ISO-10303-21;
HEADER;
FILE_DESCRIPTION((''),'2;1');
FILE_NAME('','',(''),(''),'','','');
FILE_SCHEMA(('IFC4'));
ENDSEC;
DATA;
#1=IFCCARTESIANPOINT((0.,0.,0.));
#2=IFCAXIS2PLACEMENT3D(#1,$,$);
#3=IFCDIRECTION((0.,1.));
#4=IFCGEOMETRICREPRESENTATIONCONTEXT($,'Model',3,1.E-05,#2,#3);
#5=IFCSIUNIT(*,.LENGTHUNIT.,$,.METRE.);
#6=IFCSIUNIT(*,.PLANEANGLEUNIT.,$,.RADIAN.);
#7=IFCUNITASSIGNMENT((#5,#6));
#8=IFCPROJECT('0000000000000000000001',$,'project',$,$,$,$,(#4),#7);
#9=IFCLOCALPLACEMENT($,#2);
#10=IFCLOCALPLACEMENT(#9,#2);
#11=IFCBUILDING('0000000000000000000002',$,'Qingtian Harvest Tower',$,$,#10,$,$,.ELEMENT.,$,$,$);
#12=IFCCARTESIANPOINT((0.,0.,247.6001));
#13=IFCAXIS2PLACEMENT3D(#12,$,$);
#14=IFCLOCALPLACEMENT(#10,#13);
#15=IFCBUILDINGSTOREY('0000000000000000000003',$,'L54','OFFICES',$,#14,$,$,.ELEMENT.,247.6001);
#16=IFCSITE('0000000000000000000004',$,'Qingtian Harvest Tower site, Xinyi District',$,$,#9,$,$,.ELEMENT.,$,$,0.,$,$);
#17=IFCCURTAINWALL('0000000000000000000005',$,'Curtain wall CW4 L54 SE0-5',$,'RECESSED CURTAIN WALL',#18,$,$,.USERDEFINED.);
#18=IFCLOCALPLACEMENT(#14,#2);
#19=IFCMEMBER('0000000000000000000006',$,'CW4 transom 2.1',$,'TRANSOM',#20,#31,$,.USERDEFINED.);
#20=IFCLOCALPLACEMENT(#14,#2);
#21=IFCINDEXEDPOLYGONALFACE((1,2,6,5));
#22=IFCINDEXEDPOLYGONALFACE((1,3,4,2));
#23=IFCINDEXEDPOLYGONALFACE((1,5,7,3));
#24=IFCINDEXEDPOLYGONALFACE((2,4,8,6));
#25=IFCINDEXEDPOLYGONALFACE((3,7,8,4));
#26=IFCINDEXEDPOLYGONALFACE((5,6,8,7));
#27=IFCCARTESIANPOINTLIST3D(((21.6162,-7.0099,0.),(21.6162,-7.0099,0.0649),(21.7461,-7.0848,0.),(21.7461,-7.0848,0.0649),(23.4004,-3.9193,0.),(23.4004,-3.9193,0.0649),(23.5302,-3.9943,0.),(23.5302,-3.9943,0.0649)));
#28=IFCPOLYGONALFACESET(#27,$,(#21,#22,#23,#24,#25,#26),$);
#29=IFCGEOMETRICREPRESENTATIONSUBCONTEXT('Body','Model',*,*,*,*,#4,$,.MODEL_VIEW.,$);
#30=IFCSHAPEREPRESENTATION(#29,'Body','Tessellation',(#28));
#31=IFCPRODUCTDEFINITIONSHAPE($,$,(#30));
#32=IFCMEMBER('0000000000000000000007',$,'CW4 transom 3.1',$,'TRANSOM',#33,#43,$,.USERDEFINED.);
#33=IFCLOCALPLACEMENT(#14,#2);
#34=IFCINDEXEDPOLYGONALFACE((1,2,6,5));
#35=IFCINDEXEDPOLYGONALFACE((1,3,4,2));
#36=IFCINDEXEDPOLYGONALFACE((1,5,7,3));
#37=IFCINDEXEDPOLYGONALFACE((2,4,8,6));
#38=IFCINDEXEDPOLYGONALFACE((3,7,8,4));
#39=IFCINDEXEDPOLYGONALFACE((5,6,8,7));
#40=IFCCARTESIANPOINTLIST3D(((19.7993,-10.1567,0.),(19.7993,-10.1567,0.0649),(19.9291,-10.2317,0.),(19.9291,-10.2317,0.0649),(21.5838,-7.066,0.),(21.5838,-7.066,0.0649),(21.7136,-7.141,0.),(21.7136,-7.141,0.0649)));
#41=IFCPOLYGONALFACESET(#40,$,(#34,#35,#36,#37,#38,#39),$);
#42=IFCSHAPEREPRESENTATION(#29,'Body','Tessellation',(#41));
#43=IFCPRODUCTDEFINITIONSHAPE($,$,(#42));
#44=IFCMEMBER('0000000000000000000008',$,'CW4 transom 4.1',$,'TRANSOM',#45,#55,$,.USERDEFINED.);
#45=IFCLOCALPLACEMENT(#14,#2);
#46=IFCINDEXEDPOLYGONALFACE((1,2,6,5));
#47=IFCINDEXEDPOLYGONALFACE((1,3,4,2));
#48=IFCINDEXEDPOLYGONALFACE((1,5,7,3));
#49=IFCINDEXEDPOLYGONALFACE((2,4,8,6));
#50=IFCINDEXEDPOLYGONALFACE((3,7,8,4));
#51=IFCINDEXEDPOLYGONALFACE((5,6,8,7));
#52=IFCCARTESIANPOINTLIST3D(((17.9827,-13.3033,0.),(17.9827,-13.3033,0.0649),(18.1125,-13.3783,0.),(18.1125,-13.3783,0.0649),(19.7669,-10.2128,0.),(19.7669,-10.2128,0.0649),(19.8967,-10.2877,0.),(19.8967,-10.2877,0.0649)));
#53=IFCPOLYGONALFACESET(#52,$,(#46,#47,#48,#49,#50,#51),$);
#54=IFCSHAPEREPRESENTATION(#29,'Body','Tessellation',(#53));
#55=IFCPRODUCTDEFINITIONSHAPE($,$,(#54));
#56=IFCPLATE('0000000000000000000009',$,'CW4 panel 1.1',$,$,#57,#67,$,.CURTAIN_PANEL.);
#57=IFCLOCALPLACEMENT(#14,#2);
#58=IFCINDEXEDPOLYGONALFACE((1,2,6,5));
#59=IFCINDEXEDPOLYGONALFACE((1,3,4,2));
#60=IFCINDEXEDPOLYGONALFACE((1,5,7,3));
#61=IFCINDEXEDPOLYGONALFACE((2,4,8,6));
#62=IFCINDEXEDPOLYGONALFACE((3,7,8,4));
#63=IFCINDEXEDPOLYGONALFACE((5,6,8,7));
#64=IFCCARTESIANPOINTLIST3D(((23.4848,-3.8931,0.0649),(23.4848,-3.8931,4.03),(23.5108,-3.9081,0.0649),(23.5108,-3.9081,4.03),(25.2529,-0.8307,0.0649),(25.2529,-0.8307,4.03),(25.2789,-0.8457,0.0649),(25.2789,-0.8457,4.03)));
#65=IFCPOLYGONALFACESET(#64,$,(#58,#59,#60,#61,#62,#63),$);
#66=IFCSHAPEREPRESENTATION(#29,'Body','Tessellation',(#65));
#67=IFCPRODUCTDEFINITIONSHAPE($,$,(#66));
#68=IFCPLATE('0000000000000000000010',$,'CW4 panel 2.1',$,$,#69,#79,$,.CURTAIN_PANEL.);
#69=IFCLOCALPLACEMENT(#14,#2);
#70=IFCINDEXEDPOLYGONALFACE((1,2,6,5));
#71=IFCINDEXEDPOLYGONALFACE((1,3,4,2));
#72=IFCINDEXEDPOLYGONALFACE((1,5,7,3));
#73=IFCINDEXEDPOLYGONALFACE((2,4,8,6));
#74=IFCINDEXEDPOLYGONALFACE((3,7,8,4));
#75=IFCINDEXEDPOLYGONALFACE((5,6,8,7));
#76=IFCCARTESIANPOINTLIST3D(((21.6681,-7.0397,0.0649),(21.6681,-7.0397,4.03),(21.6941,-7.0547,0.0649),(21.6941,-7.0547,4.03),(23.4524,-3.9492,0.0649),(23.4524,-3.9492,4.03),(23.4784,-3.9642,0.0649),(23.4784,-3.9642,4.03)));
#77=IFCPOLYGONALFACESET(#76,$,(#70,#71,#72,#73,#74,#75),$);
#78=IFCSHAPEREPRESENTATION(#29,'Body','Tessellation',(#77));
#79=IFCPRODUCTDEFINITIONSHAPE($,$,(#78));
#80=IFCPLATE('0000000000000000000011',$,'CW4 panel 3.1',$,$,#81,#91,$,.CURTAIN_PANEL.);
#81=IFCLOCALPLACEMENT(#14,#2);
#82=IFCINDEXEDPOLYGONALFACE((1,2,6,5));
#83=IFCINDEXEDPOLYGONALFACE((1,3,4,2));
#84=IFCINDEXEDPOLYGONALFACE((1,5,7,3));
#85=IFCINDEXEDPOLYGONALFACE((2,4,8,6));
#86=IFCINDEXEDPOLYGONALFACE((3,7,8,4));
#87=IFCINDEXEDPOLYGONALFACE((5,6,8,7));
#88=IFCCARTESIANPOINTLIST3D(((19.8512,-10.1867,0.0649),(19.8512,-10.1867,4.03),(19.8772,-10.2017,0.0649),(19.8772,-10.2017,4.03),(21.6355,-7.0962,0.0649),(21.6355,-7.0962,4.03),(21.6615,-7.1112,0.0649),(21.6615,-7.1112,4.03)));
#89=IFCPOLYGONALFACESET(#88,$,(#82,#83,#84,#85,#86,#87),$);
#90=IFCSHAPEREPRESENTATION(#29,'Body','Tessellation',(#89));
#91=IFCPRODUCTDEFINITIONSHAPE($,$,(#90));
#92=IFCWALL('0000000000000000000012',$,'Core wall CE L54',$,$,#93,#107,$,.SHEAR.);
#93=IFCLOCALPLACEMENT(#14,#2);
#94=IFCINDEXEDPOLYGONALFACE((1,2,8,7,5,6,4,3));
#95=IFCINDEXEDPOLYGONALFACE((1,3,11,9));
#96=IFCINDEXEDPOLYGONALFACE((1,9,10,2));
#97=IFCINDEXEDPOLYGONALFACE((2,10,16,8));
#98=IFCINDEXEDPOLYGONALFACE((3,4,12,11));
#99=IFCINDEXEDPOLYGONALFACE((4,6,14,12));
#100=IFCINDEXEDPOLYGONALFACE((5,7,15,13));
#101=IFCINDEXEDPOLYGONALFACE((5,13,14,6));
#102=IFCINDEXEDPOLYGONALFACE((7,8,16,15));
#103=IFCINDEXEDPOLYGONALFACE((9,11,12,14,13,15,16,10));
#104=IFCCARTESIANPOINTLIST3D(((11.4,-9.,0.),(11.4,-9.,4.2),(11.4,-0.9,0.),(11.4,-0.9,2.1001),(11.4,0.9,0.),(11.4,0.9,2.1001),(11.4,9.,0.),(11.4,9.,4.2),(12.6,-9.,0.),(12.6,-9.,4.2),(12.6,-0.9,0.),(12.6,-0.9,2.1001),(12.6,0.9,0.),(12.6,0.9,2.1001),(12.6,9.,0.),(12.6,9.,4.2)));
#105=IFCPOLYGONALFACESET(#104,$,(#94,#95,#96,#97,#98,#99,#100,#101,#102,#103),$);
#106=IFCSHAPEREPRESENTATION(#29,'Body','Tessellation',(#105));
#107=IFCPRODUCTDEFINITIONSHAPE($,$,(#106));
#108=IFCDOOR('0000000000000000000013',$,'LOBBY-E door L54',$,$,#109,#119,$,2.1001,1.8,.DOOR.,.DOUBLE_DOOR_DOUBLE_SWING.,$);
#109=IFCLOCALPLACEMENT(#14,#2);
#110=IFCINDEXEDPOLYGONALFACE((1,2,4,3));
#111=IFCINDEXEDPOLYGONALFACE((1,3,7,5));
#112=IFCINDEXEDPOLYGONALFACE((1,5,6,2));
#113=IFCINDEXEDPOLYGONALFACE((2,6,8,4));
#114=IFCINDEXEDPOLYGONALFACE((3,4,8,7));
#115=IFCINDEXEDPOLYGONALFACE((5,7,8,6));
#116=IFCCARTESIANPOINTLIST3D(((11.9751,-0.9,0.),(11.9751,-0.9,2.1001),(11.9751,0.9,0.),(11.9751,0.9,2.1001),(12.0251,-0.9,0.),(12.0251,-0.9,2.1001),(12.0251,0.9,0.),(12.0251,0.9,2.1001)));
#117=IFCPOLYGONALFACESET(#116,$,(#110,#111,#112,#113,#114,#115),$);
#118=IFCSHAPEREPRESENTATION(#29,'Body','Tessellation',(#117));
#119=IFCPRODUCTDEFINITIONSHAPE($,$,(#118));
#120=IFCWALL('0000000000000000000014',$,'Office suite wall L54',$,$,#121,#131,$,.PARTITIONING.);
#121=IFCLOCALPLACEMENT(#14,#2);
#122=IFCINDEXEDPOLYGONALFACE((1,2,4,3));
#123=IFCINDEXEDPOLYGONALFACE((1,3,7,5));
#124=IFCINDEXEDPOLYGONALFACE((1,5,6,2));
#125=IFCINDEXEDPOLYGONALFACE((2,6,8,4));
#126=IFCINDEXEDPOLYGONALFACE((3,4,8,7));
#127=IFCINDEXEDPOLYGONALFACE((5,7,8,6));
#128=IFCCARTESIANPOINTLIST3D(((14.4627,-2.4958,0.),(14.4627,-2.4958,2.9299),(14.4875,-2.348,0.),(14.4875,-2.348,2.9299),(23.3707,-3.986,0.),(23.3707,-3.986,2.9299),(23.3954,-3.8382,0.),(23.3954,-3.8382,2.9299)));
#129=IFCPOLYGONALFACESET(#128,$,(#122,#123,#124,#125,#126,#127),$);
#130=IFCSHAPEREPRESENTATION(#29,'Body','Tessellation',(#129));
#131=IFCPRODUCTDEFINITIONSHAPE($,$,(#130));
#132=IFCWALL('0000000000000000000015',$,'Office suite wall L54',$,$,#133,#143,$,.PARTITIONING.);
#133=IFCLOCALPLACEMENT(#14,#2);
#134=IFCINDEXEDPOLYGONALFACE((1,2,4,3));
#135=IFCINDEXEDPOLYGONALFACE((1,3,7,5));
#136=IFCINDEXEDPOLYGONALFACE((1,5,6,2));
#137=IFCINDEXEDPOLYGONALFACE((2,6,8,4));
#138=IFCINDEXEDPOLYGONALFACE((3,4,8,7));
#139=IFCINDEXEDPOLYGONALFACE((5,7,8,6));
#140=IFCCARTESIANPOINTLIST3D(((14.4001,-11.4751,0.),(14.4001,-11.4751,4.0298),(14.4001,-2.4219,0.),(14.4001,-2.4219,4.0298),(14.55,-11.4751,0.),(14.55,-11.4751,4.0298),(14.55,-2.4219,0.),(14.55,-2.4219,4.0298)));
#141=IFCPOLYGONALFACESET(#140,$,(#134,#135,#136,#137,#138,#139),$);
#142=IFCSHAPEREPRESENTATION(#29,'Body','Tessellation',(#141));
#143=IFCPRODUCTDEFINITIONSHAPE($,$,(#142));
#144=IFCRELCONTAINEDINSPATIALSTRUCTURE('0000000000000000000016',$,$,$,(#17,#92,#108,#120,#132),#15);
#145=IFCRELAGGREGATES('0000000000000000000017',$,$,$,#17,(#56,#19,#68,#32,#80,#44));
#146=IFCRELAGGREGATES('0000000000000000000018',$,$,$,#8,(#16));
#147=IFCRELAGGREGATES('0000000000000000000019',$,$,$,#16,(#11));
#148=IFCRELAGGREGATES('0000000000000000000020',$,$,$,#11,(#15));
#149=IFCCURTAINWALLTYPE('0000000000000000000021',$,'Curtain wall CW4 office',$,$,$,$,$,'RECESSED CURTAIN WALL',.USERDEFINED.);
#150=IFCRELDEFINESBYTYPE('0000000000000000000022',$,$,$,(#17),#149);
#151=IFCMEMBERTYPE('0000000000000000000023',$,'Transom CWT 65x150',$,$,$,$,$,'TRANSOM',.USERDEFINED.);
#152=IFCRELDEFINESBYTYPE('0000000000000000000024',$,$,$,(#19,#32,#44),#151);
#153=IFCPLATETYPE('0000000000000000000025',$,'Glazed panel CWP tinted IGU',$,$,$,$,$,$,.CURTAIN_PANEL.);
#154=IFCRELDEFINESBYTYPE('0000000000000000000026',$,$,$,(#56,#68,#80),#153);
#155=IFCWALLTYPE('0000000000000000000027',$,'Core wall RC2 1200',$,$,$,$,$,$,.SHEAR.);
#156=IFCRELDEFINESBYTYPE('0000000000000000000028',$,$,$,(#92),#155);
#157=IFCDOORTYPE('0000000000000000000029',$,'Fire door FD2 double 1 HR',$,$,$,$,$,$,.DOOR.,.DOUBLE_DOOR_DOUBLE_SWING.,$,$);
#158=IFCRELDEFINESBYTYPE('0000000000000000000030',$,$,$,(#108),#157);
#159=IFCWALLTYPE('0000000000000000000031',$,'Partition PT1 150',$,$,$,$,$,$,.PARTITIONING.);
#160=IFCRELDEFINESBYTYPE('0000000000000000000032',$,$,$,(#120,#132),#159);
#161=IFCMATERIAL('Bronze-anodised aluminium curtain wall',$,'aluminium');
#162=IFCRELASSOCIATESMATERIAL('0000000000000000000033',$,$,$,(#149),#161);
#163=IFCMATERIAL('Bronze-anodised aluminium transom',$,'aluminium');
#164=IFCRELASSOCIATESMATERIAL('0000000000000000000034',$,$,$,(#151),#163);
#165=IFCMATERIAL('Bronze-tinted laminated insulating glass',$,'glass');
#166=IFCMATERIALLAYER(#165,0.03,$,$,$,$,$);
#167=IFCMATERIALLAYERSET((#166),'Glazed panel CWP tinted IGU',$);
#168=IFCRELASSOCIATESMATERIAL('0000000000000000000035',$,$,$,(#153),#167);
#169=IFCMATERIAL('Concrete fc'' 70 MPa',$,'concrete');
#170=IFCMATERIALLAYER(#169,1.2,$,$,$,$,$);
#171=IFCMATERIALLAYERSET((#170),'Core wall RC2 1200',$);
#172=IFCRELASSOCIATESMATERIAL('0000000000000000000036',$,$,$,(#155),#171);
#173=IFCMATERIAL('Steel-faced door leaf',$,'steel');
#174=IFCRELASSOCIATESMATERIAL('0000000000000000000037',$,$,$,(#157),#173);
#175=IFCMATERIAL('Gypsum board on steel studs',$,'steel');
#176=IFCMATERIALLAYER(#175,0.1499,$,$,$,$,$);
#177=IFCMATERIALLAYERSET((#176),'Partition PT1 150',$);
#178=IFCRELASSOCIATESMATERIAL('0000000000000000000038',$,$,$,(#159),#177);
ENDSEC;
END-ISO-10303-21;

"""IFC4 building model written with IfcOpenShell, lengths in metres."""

from ifc_helpers import new_model, si_unit, direction, frame, frame_2d, origin, origin_2d, place, context, subcontext, project, spatial, rectangle, extrude, material, layer, layer_set, material_profile, profile_set, type_object, element, fill, aggregate, save


model = new_model("IFC4")

# Units and contexts
model_context = context("Model", 3, precision=1e-05, world=origin(), true_north=direction((0.0, 1.0)))
body_context = subcontext(model_context, "Body", "Model", "MODEL_VIEW")
ifc_project = project(units=[si_unit("LENGTHUNIT", "METRE"), si_unit("PLANEANGLEUNIT", "RADIAN")], contexts=[model_context])

# Site, building, storey
site_placement = place(None, origin())
site = spatial("IfcSite", under=ifc_project, at=site_placement, Name="Qingtian Harvest Tower site, Xinyi District", CompositionType="ELEMENT", RefElevation=0.0)
building_placement = place(site_placement, origin())
building = spatial("IfcBuilding", under=site, at=building_placement, Name="Qingtian Harvest Tower", CompositionType="ELEMENT")
storey_placement = place(building_placement, frame((0.0, 0.0, 247.6001)))
storey = spatial("IfcBuildingStorey", under=building, at=storey_placement, Name="L54", Description="OFFICES", CompositionType="ELEMENT", Elevation=247.6001)

# Shared definitions
ifc_material_1 = material(Name="Bronze-anodised aluminium curtain wall", Category="aluminium")
curtain_wall_type = type_object("IfcCurtainWallType", Name="Curtain wall CW4 office", ElementType="RECESSED CURTAIN WALL", PredefinedType="USERDEFINED", material=ifc_material_1)

# Curtain wall
curtain_wall_1_placement = place(storey_placement, origin())
curtain_wall_1 = element("IfcCurtainWall", 1, at=curtain_wall_1_placement, inside=storey, type_object=curtain_wall_type, Name="Curtain wall CW4 L54 SE0-5", ObjectType="RECESSED CURTAIN WALL", PredefinedType="USERDEFINED")

# Members
ifc_material_2 = material(Name="Bronze-anodised aluminium transom", Category="aluminium")
ifc_material_profile_1 = material_profile(ifc_material_2, rectangle(XDim=0.1499, YDim=0.0649, at=origin_2d()), Name="AL 65x150")
ifc_profile_set_1 = profile_set([ifc_material_profile_1], Name="Bronze-anodised aluminium transom")
member_type_1 = type_object("IfcMemberType", Name="Transom CWT 65x150", ElementType="TRANSOM", PredefinedType="USERDEFINED", material=ifc_profile_set_1)
member_1_placement = place(storey_placement, frame((23.4653, -3.9568, 0.0325), z_axis=(-0.499965, -0.866045, 0.0), x_axis=(0.866045, -0.499965, 0.0)))
member_1 = element("IfcMember", 2, at=member_1_placement, type_object=member_type_1, Name="CW4 transom 2.1", ObjectType="TRANSOM", PredefinedType="USERDEFINED", context=body_context, shape_type="SweptSolid", body=[
    extrude(rectangle(XDim=0.1499, YDim=0.0649, at=origin_2d()), origin(), (0.0, 0.0, 1.0), 3.5686),
])
member_2_placement = place(storey_placement, frame((21.6487, -7.1035, 0.0325), z_axis=(-0.500017, -0.866016, 0.0), x_axis=(0.866016, -0.500017, 0.0)))
member_2 = element("IfcMember", 3, at=member_2_placement, type_object=member_type_1, Name="CW4 transom 3.1", ObjectType="TRANSOM", PredefinedType="USERDEFINED", context=body_context, shape_type="SweptSolid", body=[
    extrude(rectangle(XDim=0.1499, YDim=0.0649, at=origin_2d()), origin(), (0.0, 0.0, 1.0), 3.5688),
])
member_3_placement = place(storey_placement, frame((19.8318, -10.2502, 0.0325), z_axis=(-0.499965, -0.866045, 0.0), x_axis=(0.866045, -0.499965, 0.0)))
member_3 = element("IfcMember", 4, at=member_3_placement, type_object=member_type_1, Name="CW4 transom 4.1", ObjectType="TRANSOM", PredefinedType="USERDEFINED", context=body_context, shape_type="SweptSolid", body=[
    extrude(rectangle(XDim=0.1499, YDim=0.0649, at=origin_2d()), origin(), (0.0, 0.0, 1.0), 3.5686),
])

# Plates
ifc_material_3 = material(Name="Bronze-tinted laminated insulating glass", Category="glass")
ifc_layer_1 = layer(ifc_material_3, 0.03)
ifc_layer_set_1 = layer_set([ifc_layer_1], Name="Glazed panel CWP tinted IGU")
plate_type = type_object("IfcPlateType", Name="Glazed panel CWP tinted IGU", PredefinedType="CURTAIN_PANEL", material=ifc_layer_set_1)
plate_1_placement = place(storey_placement, frame((24.3818, -2.3694, 0.0649), z_axis=(0.0, 0.0, 1.0), x_axis=(-0.5, -0.866025, 0.0)))
plate_1 = element("IfcPlate", 5, at=plate_1_placement, type_object=plate_type, Name="CW4 panel 1.1", PredefinedType="CURTAIN_PANEL", context=body_context, shape_type="SweptSolid", body=[
    extrude(rectangle(XDim=3.5361, YDim=0.03, at=origin_2d()), origin(), (0.0, 0.0, 1.0), 3.9651),
])
plate_2_placement = place(storey_placement, frame((22.5732, -5.502, 0.0649), z_axis=(0.0, 0.0, 1.0), x_axis=(-0.5, -0.866025, 0.0)))
plate_2 = element("IfcPlate", 6, at=plate_2_placement, type_object=plate_type, Name="CW4 panel 2.1", PredefinedType="CURTAIN_PANEL", context=body_context, shape_type="SweptSolid", body=[
    extrude(rectangle(XDim=3.5686, YDim=0.03, at=origin_2d()), origin(), (0.0, 0.0, 1.0), 3.9651),
])
plate_3_placement = place(storey_placement, frame((20.7563, -8.6489, 0.0649), z_axis=(0.0, 0.0, 1.0), x_axis=(-0.5, -0.866025, 0.0)))
plate_3 = element("IfcPlate", 7, at=plate_3_placement, type_object=plate_type, Name="CW4 panel 3.1", PredefinedType="CURTAIN_PANEL", context=body_context, shape_type="SweptSolid", body=[
    extrude(rectangle(XDim=3.5686, YDim=0.03, at=origin_2d()), origin(), (0.0, 0.0, 1.0), 3.9651),
])
aggregate(curtain_wall_1, [plate_1, member_1, plate_2, member_2, plate_3, member_3])

# Wall, opening, door
ifc_material_4 = material(Name="Concrete fc' 70 MPa", Category="concrete")
ifc_layer_2 = layer(ifc_material_4, 1.2)
ifc_layer_set_2 = layer_set([ifc_layer_2], Name="Core wall RC2 1200")
wall_type_1 = type_object("IfcWallType", Name="Core wall RC2 1200", PredefinedType="SHEAR", material=ifc_layer_set_2)
wall_1_placement = place(storey_placement, frame((12.0, -9.0, 0.0), z_axis=(0.0, 0.0, 1.0), x_axis=(0.0, 1.0, 0.0)))
wall_1 = element("IfcWall", 8, at=wall_1_placement, inside=storey, type_object=wall_type_1, Name="Core wall CE L54", PredefinedType="SHEAR", context=body_context, shape_type="SweptSolid", body=[
    extrude(rectangle(XDim=18.0, YDim=1.2, at=frame_2d((9.0, 0.0))), origin(), (0.0, 0.0, 1.0), 4.2),
])
opening_placement = place(wall_1_placement, frame((8.1001, 0.0, 0.0)))
opening = element("IfcOpeningElement", 9, at=opening_placement, cuts=wall_1, PredefinedType="OPENING", context=body_context, shape_type="SweptSolid", body=[
    extrude(rectangle(XDim=1.8, YDim=2.1001, at=frame_2d((0.8999, 1.05))), frame((0.0, 0.6099, 0.0), z_axis=(0.0, -1.0, 0.0), x_axis=(1.0, 0.0, 0.0)), (0.0, 0.0, 1.0), 1.22),
])
ifc_material_5 = material(Name="Steel-faced door leaf", Category="steel")
door_type = type_object("IfcDoorType", Name="Fire door FD2 double 1 HR", OperationType="DOUBLE_DOOR_DOUBLE_SWING", PredefinedType="DOOR", material=ifc_material_5)
door_placement = place(opening_placement, origin())
door = element("IfcDoor", 10, at=door_placement, inside=storey, type_object=door_type, Name="LOBBY-E door L54", OperationType="DOUBLE_DOOR_DOUBLE_SWING", OverallHeight=2.1001, OverallWidth=1.8, PredefinedType="DOOR", context=body_context, shape_type="SweptSolid", body=[
    extrude(rectangle(XDim=1.8, YDim=2.1001, at=frame_2d((0.8999, 1.05))), frame((0.0, 0.0249, 0.0), z_axis=(0.0, -1.0, 0.0), x_axis=(1.0, 0.0, 0.0)), (0.0, 0.0, 1.0), 0.05),
])
fill(opening, door)

# Walls
ifc_material_6 = material(Name="Gypsum board on steel studs", Category="steel")
ifc_layer_3 = layer(ifc_material_6, 0.1499)
ifc_layer_set_3 = layer_set([ifc_layer_3], Name="Partition PT1 150")
wall_type_2 = type_object("IfcWallType", Name="Partition PT1 150", PredefinedType="PARTITIONING", material=ifc_layer_set_3)
wall_2_placement = place(storey_placement, frame((23.3831, -3.9121, 0.0), z_axis=(0.0, 0.0, 1.0), x_axis=(-0.986294, 0.164999, 0.0)))
element("IfcWall", 11, at=wall_2_placement, inside=storey, type_object=wall_type_2, Name="Office suite wall L54", PredefinedType="PARTITIONING", context=body_context, shape_type="SweptSolid", body=[
    extrude(rectangle(XDim=9.0317, YDim=0.1499, at=frame_2d((4.5159, 0.0))), origin(), (0.0, 0.0, 1.0), 2.9299),
])
wall_3_placement = place(storey_placement, frame((14.4751, -2.4219, 0.0), z_axis=(0.0, 0.0, 1.0), x_axis=(0.0, -1.0, 0.0)))
element("IfcWall", 12, at=wall_3_placement, inside=storey, type_object=wall_type_2, Name="Office suite wall L54", PredefinedType="PARTITIONING", context=body_context, shape_type="SweptSolid", body=[
    extrude(rectangle(XDim=9.0532, YDim=0.1499, at=frame_2d((4.5266, 0.0))), origin(), (0.0, 0.0, 1.0), 4.0298),
])

save(model, "model.ifc")
